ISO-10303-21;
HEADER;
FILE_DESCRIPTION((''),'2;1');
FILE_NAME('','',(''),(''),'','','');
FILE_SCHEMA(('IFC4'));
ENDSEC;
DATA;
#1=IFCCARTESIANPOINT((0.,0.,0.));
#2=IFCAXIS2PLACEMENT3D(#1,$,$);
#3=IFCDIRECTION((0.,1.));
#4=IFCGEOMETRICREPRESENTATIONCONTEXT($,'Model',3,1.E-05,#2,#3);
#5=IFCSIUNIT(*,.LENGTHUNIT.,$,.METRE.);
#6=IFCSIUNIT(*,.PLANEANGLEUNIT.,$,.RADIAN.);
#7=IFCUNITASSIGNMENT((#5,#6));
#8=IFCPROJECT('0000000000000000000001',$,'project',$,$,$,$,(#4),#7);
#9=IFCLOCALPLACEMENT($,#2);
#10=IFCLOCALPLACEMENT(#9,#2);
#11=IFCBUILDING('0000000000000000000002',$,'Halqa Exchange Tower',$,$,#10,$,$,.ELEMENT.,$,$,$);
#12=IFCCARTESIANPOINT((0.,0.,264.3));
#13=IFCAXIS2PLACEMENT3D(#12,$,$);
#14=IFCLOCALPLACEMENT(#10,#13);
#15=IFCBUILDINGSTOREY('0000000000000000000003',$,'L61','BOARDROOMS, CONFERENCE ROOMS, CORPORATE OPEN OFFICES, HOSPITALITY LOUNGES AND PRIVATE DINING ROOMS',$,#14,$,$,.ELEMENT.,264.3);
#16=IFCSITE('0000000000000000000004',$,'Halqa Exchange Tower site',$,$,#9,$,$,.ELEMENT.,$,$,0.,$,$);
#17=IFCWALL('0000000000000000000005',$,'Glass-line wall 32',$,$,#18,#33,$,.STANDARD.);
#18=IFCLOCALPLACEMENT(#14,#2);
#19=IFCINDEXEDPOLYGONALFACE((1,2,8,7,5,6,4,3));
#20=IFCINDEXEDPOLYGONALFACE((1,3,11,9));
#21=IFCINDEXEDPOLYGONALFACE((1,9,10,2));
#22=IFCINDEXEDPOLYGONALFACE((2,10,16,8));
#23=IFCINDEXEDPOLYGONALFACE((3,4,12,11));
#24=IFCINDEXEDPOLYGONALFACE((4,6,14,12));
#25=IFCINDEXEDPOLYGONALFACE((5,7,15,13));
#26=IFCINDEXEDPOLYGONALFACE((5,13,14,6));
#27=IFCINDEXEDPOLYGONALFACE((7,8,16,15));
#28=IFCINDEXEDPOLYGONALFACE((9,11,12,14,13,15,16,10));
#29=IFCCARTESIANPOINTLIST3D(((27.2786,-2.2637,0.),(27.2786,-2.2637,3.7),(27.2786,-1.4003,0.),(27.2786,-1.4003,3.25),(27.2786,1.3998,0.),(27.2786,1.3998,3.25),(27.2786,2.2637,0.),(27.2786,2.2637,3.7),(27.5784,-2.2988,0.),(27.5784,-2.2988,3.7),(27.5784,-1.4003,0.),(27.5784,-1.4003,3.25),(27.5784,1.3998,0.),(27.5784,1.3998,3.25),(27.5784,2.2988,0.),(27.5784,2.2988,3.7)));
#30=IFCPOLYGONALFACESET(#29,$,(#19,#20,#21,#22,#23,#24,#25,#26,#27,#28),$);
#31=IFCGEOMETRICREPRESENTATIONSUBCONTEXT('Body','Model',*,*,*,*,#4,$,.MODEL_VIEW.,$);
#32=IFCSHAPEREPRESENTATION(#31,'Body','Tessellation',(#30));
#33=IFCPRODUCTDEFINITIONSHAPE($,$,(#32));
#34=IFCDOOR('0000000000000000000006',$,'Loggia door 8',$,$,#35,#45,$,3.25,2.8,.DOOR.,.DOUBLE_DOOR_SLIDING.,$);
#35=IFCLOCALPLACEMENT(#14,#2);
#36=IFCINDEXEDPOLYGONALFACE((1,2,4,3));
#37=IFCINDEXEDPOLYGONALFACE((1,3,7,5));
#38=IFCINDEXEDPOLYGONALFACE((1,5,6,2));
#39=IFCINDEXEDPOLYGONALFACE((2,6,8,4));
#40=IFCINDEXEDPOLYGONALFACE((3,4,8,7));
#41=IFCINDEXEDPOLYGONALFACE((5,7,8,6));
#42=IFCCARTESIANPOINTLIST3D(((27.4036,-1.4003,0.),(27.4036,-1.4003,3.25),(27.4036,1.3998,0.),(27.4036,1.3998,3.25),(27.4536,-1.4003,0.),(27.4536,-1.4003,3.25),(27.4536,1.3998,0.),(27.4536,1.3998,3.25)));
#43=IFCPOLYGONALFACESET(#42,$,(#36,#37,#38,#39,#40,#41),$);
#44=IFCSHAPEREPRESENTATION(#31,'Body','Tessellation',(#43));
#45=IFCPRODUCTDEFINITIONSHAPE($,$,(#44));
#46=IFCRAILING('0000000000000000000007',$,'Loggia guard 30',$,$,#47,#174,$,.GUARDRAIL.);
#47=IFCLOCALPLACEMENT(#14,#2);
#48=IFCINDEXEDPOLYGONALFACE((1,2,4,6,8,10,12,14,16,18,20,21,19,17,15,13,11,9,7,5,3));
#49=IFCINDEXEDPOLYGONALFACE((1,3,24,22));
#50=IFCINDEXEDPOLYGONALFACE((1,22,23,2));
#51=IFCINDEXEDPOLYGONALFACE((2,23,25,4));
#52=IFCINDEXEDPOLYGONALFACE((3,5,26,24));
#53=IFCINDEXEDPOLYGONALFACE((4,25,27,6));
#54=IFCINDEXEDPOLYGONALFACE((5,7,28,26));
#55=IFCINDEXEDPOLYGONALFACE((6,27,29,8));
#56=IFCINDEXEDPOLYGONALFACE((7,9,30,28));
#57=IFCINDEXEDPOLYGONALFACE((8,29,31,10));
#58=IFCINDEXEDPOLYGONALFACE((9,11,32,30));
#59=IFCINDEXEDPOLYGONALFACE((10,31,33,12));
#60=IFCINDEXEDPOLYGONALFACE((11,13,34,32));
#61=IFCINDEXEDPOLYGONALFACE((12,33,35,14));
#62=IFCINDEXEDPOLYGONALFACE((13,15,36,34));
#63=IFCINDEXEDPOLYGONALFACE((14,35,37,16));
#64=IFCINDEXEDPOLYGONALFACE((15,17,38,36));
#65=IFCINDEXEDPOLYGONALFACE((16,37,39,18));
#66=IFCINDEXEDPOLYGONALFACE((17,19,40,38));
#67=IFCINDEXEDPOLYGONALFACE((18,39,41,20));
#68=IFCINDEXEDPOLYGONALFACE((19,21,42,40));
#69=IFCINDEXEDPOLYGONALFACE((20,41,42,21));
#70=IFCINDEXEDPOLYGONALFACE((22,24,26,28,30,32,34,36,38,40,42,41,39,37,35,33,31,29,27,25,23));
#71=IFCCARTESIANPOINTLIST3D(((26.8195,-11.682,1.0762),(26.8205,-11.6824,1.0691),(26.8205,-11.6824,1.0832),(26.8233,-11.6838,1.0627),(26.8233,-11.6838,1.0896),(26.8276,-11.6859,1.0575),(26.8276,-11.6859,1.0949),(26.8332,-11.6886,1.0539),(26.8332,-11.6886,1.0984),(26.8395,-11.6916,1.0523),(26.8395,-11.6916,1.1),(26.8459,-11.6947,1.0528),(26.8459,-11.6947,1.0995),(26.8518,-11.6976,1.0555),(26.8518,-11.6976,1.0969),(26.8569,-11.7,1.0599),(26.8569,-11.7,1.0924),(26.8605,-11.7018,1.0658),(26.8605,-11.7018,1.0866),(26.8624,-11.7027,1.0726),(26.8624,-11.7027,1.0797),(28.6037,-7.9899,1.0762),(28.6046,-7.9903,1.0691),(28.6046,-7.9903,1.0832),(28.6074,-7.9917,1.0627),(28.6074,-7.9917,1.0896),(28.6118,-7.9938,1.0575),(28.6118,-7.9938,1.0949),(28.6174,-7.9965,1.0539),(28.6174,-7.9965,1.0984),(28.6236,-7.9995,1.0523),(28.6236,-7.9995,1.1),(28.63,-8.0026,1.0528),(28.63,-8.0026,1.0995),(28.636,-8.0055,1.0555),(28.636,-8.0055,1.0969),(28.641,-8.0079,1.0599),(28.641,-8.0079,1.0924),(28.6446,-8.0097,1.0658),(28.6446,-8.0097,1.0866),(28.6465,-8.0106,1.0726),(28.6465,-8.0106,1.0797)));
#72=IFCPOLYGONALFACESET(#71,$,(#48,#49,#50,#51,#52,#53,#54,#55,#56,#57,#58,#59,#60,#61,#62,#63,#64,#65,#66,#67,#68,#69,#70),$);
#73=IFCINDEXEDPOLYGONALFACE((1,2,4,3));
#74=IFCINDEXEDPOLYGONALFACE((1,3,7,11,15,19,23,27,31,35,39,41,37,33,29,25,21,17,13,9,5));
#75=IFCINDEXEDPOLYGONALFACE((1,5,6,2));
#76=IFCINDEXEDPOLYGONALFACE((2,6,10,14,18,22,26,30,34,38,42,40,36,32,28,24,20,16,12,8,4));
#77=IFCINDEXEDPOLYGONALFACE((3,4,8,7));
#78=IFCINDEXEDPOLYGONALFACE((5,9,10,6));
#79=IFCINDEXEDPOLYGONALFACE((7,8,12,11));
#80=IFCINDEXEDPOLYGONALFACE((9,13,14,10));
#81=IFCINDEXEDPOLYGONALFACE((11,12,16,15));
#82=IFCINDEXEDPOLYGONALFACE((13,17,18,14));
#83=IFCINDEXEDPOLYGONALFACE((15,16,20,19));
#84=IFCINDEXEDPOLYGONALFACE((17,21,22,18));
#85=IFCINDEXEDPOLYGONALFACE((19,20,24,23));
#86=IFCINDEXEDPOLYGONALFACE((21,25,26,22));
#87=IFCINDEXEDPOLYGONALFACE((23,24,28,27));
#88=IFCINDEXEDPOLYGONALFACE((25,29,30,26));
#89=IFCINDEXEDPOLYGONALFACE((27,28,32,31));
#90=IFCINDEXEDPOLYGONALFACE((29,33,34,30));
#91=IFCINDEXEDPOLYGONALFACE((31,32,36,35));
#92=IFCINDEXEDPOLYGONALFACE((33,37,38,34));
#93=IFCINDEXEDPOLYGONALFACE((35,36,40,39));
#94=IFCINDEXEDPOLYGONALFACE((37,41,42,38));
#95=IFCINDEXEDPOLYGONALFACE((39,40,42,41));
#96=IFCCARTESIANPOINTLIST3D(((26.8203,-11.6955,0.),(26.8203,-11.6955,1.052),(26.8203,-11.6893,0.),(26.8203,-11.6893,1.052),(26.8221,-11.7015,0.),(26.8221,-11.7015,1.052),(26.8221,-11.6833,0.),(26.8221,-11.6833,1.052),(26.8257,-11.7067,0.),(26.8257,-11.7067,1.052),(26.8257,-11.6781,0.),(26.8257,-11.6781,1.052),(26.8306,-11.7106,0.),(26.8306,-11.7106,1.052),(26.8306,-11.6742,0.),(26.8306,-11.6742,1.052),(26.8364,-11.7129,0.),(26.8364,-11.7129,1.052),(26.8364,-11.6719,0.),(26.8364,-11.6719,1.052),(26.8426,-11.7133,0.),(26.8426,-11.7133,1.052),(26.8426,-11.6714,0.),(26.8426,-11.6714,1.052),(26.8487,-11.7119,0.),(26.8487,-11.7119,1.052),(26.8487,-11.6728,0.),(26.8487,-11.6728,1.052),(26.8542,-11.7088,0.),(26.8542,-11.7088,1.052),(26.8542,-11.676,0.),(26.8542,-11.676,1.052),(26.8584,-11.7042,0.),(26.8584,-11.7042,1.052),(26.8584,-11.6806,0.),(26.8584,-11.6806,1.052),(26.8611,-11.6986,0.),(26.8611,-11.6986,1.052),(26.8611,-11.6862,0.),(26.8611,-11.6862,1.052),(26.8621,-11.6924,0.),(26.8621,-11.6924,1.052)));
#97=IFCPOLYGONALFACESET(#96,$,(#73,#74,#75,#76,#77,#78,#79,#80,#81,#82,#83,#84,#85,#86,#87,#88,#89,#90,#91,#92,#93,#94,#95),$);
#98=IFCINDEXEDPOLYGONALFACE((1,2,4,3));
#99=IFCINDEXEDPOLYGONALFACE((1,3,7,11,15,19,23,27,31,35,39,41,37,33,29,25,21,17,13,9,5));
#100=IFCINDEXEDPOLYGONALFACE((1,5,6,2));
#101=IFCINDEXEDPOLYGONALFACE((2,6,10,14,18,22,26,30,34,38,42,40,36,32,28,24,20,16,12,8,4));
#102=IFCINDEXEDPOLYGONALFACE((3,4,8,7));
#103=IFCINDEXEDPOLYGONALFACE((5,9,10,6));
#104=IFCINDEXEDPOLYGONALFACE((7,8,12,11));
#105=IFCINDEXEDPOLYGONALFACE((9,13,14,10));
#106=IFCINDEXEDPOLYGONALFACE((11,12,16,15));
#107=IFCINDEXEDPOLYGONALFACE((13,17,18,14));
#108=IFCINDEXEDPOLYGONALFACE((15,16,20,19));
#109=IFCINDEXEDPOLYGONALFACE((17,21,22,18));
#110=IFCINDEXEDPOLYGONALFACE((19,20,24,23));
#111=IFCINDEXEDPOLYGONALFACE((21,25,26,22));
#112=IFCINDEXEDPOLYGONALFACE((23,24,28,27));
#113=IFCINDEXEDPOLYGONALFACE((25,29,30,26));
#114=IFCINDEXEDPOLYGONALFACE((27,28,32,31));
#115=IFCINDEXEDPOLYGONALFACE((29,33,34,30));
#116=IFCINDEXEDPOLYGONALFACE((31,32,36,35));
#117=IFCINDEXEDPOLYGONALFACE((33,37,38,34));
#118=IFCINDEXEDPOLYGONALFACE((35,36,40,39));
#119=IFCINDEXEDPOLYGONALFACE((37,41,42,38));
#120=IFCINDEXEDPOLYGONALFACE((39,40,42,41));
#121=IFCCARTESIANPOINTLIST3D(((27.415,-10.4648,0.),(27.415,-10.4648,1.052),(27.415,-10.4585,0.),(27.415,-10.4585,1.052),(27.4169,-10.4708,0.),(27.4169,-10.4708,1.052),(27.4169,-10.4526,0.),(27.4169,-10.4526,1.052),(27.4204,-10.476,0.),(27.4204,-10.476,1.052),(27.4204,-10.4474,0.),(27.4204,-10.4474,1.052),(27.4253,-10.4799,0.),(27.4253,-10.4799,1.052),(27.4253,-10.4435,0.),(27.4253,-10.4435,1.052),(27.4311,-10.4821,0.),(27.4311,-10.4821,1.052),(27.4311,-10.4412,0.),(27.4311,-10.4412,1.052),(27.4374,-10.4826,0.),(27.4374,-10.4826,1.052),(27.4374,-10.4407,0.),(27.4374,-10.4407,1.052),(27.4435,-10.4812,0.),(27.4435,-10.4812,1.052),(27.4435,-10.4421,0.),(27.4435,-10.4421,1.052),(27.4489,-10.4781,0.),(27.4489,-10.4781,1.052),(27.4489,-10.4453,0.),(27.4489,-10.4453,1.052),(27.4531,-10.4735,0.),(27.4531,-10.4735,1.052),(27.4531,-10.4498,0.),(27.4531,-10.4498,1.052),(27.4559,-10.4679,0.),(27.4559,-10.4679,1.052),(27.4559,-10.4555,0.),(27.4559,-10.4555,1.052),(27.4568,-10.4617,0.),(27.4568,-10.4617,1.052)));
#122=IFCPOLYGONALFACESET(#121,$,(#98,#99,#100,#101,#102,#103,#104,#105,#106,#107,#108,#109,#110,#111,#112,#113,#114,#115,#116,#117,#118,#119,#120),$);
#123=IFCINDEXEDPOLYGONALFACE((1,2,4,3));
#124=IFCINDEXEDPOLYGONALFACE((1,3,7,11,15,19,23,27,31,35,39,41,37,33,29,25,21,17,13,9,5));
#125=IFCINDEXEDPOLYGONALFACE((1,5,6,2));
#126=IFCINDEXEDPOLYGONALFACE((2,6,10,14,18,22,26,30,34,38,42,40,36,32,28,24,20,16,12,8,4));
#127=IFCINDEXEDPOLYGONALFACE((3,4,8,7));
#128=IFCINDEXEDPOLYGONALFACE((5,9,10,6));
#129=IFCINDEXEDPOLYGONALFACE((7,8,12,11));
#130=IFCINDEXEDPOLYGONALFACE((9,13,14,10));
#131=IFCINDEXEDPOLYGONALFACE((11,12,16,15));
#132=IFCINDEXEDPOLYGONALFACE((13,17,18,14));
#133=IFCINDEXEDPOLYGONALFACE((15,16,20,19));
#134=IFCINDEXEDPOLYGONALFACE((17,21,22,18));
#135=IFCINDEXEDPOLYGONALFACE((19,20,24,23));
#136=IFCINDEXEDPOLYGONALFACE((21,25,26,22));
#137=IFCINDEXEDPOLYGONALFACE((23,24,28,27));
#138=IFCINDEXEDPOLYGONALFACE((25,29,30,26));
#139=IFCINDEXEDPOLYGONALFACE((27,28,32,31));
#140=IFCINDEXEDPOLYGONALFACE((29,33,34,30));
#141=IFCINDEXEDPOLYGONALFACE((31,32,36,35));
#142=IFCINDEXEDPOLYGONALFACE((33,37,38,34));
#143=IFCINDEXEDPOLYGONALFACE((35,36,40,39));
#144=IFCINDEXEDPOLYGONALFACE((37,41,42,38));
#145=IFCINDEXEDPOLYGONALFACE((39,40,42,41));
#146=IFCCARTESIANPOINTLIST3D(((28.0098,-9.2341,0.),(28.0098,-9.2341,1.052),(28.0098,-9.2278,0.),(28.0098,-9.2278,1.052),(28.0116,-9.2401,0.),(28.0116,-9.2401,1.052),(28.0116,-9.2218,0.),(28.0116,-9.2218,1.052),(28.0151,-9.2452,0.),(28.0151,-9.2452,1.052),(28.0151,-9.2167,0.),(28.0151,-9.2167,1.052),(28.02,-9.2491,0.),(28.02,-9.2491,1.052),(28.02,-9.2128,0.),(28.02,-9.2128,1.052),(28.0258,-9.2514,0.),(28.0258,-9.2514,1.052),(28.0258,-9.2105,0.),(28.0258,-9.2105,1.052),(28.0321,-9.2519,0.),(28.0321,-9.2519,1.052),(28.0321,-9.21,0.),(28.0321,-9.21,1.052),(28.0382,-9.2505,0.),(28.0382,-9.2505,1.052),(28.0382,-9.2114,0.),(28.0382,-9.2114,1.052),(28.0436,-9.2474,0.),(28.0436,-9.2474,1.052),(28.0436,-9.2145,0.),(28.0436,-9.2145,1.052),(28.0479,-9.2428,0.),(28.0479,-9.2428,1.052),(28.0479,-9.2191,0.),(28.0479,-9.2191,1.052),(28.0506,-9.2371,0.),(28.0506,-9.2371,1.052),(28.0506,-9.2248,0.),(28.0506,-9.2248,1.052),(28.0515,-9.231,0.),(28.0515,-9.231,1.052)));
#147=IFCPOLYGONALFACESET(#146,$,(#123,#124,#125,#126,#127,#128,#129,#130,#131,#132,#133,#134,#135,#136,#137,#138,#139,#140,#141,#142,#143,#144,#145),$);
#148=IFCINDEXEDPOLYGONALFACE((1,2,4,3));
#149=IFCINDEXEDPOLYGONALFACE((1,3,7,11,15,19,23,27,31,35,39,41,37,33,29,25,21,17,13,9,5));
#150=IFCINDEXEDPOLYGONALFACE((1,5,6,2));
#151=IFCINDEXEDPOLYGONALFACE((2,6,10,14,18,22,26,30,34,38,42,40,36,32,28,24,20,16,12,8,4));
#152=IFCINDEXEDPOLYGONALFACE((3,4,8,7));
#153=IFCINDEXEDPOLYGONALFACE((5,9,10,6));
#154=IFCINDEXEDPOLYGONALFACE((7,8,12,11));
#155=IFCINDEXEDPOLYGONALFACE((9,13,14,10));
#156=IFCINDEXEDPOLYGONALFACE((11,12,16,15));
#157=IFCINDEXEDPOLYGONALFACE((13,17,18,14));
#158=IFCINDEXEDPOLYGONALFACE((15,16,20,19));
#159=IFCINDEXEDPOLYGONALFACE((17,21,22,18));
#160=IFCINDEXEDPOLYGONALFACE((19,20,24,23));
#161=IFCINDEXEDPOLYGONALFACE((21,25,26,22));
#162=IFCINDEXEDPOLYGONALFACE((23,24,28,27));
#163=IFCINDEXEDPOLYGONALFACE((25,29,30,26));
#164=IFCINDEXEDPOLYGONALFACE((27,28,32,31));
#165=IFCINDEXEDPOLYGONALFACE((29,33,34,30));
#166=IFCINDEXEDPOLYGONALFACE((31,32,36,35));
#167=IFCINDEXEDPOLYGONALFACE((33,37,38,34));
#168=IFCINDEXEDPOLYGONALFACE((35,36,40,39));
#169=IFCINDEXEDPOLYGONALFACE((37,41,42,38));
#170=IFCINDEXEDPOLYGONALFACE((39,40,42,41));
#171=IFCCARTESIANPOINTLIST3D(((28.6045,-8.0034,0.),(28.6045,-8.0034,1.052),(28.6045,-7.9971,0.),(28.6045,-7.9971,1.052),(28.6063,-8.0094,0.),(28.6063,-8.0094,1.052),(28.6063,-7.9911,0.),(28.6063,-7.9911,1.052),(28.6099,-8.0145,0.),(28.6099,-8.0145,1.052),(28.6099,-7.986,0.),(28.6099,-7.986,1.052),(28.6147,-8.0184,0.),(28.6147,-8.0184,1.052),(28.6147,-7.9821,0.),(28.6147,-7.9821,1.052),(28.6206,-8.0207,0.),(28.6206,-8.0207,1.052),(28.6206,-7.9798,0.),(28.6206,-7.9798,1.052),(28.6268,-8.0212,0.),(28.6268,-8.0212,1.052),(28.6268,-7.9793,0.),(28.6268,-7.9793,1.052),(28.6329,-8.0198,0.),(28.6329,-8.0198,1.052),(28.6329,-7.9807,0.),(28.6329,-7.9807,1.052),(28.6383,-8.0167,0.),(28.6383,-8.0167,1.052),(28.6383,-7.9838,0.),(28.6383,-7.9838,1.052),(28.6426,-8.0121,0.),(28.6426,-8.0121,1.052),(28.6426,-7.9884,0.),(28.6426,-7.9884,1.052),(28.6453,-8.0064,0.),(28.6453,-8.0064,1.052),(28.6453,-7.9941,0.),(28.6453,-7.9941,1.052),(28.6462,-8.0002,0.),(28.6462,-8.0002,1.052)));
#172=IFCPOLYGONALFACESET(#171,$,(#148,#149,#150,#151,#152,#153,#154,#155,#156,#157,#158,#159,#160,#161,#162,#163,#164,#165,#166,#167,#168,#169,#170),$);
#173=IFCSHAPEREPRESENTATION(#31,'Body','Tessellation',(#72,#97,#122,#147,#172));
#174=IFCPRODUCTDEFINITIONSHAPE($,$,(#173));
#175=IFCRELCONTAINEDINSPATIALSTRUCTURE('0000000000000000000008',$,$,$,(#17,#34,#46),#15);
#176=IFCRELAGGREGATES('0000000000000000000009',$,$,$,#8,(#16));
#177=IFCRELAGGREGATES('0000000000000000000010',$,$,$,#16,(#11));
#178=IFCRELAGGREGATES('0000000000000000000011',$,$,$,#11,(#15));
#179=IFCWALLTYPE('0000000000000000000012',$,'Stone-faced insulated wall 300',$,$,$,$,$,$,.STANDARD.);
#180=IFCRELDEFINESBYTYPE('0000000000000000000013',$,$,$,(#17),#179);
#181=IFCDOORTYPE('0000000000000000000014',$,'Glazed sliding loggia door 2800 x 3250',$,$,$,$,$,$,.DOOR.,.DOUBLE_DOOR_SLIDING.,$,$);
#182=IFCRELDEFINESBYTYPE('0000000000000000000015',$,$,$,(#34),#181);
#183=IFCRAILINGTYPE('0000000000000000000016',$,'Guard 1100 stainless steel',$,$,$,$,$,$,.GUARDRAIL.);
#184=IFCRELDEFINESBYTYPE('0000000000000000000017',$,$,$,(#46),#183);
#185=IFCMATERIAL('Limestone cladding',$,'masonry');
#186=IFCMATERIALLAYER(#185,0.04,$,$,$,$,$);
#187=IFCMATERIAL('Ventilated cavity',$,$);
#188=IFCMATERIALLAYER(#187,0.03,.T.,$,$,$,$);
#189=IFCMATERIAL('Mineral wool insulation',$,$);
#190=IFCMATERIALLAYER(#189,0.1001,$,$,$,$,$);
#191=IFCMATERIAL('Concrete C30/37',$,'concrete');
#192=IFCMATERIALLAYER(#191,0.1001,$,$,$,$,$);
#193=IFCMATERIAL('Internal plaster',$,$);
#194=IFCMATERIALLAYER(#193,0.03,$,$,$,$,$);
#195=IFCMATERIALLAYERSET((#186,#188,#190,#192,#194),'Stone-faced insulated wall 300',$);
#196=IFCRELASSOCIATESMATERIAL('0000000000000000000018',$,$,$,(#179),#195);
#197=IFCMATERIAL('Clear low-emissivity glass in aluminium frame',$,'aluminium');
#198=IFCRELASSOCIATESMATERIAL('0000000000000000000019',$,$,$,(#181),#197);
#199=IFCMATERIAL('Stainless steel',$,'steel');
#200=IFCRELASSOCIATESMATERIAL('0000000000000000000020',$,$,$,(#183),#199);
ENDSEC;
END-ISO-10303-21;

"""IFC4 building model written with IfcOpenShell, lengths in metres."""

from ifc_helpers import new_model, si_unit, direction, frame, frame_2d, origin, origin_2d, place, context, subcontext, project, spatial, polyline, rectangle, circle, outline, extrude, material, layer, layer_set, type_object, element, fill, save


model = new_model("IFC4")

# Units and contexts
model_context = context("Model", 3, precision=1e-05, world=origin(), true_north=direction((0.0, 1.0)))
body_context = subcontext(model_context, "Body", "Model", "MODEL_VIEW")
ifc_project = project(units=[si_unit("LENGTHUNIT", "METRE"), si_unit("PLANEANGLEUNIT", "RADIAN")], contexts=[model_context])

# Site, building, storey
site_placement = place(None, origin())
site = spatial("IfcSite", under=ifc_project, at=site_placement, Name="Halqa Exchange Tower site", CompositionType="ELEMENT", RefElevation=0.0)
building_placement = place(site_placement, origin())
building = spatial("IfcBuilding", under=site, at=building_placement, Name="Halqa Exchange Tower", CompositionType="ELEMENT")
storey_placement = place(building_placement, frame((0.0, 0.0, 264.3)))
storey = spatial("IfcBuildingStorey", under=building, at=storey_placement, Name="L61", Description="BOARDROOMS, CONFERENCE ROOMS, CORPORATE OPEN OFFICES, HOSPITALITY LOUNGES AND PRIVATE DINING ROOMS", CompositionType="ELEMENT", Elevation=264.3)

# Shared definitions
ifc_material_1 = material(Name="Limestone cladding", Category="masonry")
ifc_layer_1 = layer(ifc_material_1, 0.04)
ifc_material_2 = material(Name="Ventilated cavity")
ifc_layer_2 = layer(ifc_material_2, 0.03, ventilated=True)
ifc_material_3 = material(Name="Mineral wool insulation")
ifc_layer_3 = layer(ifc_material_3, 0.1001)
ifc_material_4 = material(Name="Concrete C30/37", Category="concrete")
ifc_layer_4 = layer(ifc_material_4, 0.1001)
ifc_material_5 = material(Name="Internal plaster")
ifc_layer_5 = layer(ifc_material_5, 0.03)
ifc_layer_set_1 = layer_set([ifc_layer_1, ifc_layer_2, ifc_layer_3, ifc_layer_4, ifc_layer_5], Name="Stone-faced insulated wall 300")
wall_type_1 = type_object("IfcWallType", Name="Stone-faced insulated wall 300", PredefinedType="STANDARD", material=ifc_layer_set_1)
ifc_material_6 = material(Name="Clear low-emissivity glass in aluminium frame", Category="aluminium")

# Wall, opening, door
wall_1_placement = place(storey_placement, frame((27.4285, -2.2812, 0.0), z_axis=(0.0, 0.0, 1.0), x_axis=(0.0, 1.0, 0.0)))
wall_1 = element("IfcWall", 1, at=wall_1_placement, inside=storey, type_object=wall_type_1, Name="Glass-line wall 32", PredefinedType="STANDARD", context=body_context, shape_type="SweptSolid", body=[
    extrude(outline(polyline([(-0.0176, -0.1499), (4.5801, -0.1499), (4.5449, 0.1499), (0.0176, 0.1499), (-0.0176, -0.1499)])), origin(), (0.0, 0.0, 1.0), 3.7),
])
opening_1_placement = place(wall_1_placement, frame((0.8811, 0.0, 0.0)))
opening_1 = element("IfcOpeningElement", 2, at=opening_1_placement, cuts=wall_1, PredefinedType="OPENING", context=body_context, shape_type="SweptSolid", body=[
    extrude(rectangle(XDim=2.8, YDim=3.25, at=frame_2d((1.3999, 1.625))), frame((0.0, 0.1621, 0.0), z_axis=(0.0, -1.0, 0.0), x_axis=(1.0, 0.0, 0.0)), (0.0, 0.0, 1.0), 0.324),
])
door_type_1 = type_object("IfcDoorType", Name="Glazed sliding loggia door 2800 x 3250", OperationType="DOUBLE_DOOR_SLIDING", PredefinedType="DOOR", material=ifc_material_6)
door_1_placement = place(opening_1_placement, origin())
door_1 = element("IfcDoor", 3, at=door_1_placement, inside=storey, type_object=door_type_1, Name="Loggia door 8", OperationType="DOUBLE_DOOR_SLIDING", OverallHeight=3.25, OverallWidth=2.8, PredefinedType="DOOR", context=body_context, shape_type="SweptSolid", body=[
    extrude(rectangle(XDim=2.8, YDim=3.25, at=frame_2d((1.3999, 1.625))), frame((0.0, 0.0249, 0.0), z_axis=(0.0, -1.0, 0.0), x_axis=(1.0, 0.0, 0.0)), (0.0, 0.0, 1.0), 0.05),
])
fill(opening_1, door_1)

# Railing
ifc_material_7 = material(Name="Stainless steel", Category="steel")
railing_type = type_object("IfcRailingType", Name="Guard 1100 stainless steel", PredefinedType="GUARDRAIL", material=ifc_material_7)
railing_1_placement = place(storey_placement, frame((26.8411, -11.6924, 0.0)))
element("IfcRailing", 4, at=railing_1_placement, inside=storey, type_object=railing_type, Name="Loggia guard 30", PredefinedType="GUARDRAIL", context=body_context, shape_type="SweptSolid", body=[
    extrude(circle(Radius=0.0239, at=origin_2d()), frame((0.0, 0.0, 1.0762), z_axis=(0.435099, 0.900383, 0.0), x_axis=(-0.900383, 0.435099, 0.0)), (0.0, 0.0, 1.0), 4.1006),
    extrude(circle(Radius=0.021, at=origin_2d()), origin(), (0.0, 0.0, 1.0), 1.052),
    extrude(circle(Radius=0.021, at=origin_2d()), frame((0.5947, 1.2307, 0.0)), (0.0, 0.0, 1.0), 1.052),
    extrude(circle(Radius=0.021, at=origin_2d()), frame((1.1895, 2.4614, 0.0)), (0.0, 0.0, 1.0), 1.052),
    extrude(circle(Radius=0.021, at=origin_2d()), frame((1.7842, 3.6921, 0.0)), (0.0, 0.0, 1.0), 1.052),
])

save(model, "model.ifc")
